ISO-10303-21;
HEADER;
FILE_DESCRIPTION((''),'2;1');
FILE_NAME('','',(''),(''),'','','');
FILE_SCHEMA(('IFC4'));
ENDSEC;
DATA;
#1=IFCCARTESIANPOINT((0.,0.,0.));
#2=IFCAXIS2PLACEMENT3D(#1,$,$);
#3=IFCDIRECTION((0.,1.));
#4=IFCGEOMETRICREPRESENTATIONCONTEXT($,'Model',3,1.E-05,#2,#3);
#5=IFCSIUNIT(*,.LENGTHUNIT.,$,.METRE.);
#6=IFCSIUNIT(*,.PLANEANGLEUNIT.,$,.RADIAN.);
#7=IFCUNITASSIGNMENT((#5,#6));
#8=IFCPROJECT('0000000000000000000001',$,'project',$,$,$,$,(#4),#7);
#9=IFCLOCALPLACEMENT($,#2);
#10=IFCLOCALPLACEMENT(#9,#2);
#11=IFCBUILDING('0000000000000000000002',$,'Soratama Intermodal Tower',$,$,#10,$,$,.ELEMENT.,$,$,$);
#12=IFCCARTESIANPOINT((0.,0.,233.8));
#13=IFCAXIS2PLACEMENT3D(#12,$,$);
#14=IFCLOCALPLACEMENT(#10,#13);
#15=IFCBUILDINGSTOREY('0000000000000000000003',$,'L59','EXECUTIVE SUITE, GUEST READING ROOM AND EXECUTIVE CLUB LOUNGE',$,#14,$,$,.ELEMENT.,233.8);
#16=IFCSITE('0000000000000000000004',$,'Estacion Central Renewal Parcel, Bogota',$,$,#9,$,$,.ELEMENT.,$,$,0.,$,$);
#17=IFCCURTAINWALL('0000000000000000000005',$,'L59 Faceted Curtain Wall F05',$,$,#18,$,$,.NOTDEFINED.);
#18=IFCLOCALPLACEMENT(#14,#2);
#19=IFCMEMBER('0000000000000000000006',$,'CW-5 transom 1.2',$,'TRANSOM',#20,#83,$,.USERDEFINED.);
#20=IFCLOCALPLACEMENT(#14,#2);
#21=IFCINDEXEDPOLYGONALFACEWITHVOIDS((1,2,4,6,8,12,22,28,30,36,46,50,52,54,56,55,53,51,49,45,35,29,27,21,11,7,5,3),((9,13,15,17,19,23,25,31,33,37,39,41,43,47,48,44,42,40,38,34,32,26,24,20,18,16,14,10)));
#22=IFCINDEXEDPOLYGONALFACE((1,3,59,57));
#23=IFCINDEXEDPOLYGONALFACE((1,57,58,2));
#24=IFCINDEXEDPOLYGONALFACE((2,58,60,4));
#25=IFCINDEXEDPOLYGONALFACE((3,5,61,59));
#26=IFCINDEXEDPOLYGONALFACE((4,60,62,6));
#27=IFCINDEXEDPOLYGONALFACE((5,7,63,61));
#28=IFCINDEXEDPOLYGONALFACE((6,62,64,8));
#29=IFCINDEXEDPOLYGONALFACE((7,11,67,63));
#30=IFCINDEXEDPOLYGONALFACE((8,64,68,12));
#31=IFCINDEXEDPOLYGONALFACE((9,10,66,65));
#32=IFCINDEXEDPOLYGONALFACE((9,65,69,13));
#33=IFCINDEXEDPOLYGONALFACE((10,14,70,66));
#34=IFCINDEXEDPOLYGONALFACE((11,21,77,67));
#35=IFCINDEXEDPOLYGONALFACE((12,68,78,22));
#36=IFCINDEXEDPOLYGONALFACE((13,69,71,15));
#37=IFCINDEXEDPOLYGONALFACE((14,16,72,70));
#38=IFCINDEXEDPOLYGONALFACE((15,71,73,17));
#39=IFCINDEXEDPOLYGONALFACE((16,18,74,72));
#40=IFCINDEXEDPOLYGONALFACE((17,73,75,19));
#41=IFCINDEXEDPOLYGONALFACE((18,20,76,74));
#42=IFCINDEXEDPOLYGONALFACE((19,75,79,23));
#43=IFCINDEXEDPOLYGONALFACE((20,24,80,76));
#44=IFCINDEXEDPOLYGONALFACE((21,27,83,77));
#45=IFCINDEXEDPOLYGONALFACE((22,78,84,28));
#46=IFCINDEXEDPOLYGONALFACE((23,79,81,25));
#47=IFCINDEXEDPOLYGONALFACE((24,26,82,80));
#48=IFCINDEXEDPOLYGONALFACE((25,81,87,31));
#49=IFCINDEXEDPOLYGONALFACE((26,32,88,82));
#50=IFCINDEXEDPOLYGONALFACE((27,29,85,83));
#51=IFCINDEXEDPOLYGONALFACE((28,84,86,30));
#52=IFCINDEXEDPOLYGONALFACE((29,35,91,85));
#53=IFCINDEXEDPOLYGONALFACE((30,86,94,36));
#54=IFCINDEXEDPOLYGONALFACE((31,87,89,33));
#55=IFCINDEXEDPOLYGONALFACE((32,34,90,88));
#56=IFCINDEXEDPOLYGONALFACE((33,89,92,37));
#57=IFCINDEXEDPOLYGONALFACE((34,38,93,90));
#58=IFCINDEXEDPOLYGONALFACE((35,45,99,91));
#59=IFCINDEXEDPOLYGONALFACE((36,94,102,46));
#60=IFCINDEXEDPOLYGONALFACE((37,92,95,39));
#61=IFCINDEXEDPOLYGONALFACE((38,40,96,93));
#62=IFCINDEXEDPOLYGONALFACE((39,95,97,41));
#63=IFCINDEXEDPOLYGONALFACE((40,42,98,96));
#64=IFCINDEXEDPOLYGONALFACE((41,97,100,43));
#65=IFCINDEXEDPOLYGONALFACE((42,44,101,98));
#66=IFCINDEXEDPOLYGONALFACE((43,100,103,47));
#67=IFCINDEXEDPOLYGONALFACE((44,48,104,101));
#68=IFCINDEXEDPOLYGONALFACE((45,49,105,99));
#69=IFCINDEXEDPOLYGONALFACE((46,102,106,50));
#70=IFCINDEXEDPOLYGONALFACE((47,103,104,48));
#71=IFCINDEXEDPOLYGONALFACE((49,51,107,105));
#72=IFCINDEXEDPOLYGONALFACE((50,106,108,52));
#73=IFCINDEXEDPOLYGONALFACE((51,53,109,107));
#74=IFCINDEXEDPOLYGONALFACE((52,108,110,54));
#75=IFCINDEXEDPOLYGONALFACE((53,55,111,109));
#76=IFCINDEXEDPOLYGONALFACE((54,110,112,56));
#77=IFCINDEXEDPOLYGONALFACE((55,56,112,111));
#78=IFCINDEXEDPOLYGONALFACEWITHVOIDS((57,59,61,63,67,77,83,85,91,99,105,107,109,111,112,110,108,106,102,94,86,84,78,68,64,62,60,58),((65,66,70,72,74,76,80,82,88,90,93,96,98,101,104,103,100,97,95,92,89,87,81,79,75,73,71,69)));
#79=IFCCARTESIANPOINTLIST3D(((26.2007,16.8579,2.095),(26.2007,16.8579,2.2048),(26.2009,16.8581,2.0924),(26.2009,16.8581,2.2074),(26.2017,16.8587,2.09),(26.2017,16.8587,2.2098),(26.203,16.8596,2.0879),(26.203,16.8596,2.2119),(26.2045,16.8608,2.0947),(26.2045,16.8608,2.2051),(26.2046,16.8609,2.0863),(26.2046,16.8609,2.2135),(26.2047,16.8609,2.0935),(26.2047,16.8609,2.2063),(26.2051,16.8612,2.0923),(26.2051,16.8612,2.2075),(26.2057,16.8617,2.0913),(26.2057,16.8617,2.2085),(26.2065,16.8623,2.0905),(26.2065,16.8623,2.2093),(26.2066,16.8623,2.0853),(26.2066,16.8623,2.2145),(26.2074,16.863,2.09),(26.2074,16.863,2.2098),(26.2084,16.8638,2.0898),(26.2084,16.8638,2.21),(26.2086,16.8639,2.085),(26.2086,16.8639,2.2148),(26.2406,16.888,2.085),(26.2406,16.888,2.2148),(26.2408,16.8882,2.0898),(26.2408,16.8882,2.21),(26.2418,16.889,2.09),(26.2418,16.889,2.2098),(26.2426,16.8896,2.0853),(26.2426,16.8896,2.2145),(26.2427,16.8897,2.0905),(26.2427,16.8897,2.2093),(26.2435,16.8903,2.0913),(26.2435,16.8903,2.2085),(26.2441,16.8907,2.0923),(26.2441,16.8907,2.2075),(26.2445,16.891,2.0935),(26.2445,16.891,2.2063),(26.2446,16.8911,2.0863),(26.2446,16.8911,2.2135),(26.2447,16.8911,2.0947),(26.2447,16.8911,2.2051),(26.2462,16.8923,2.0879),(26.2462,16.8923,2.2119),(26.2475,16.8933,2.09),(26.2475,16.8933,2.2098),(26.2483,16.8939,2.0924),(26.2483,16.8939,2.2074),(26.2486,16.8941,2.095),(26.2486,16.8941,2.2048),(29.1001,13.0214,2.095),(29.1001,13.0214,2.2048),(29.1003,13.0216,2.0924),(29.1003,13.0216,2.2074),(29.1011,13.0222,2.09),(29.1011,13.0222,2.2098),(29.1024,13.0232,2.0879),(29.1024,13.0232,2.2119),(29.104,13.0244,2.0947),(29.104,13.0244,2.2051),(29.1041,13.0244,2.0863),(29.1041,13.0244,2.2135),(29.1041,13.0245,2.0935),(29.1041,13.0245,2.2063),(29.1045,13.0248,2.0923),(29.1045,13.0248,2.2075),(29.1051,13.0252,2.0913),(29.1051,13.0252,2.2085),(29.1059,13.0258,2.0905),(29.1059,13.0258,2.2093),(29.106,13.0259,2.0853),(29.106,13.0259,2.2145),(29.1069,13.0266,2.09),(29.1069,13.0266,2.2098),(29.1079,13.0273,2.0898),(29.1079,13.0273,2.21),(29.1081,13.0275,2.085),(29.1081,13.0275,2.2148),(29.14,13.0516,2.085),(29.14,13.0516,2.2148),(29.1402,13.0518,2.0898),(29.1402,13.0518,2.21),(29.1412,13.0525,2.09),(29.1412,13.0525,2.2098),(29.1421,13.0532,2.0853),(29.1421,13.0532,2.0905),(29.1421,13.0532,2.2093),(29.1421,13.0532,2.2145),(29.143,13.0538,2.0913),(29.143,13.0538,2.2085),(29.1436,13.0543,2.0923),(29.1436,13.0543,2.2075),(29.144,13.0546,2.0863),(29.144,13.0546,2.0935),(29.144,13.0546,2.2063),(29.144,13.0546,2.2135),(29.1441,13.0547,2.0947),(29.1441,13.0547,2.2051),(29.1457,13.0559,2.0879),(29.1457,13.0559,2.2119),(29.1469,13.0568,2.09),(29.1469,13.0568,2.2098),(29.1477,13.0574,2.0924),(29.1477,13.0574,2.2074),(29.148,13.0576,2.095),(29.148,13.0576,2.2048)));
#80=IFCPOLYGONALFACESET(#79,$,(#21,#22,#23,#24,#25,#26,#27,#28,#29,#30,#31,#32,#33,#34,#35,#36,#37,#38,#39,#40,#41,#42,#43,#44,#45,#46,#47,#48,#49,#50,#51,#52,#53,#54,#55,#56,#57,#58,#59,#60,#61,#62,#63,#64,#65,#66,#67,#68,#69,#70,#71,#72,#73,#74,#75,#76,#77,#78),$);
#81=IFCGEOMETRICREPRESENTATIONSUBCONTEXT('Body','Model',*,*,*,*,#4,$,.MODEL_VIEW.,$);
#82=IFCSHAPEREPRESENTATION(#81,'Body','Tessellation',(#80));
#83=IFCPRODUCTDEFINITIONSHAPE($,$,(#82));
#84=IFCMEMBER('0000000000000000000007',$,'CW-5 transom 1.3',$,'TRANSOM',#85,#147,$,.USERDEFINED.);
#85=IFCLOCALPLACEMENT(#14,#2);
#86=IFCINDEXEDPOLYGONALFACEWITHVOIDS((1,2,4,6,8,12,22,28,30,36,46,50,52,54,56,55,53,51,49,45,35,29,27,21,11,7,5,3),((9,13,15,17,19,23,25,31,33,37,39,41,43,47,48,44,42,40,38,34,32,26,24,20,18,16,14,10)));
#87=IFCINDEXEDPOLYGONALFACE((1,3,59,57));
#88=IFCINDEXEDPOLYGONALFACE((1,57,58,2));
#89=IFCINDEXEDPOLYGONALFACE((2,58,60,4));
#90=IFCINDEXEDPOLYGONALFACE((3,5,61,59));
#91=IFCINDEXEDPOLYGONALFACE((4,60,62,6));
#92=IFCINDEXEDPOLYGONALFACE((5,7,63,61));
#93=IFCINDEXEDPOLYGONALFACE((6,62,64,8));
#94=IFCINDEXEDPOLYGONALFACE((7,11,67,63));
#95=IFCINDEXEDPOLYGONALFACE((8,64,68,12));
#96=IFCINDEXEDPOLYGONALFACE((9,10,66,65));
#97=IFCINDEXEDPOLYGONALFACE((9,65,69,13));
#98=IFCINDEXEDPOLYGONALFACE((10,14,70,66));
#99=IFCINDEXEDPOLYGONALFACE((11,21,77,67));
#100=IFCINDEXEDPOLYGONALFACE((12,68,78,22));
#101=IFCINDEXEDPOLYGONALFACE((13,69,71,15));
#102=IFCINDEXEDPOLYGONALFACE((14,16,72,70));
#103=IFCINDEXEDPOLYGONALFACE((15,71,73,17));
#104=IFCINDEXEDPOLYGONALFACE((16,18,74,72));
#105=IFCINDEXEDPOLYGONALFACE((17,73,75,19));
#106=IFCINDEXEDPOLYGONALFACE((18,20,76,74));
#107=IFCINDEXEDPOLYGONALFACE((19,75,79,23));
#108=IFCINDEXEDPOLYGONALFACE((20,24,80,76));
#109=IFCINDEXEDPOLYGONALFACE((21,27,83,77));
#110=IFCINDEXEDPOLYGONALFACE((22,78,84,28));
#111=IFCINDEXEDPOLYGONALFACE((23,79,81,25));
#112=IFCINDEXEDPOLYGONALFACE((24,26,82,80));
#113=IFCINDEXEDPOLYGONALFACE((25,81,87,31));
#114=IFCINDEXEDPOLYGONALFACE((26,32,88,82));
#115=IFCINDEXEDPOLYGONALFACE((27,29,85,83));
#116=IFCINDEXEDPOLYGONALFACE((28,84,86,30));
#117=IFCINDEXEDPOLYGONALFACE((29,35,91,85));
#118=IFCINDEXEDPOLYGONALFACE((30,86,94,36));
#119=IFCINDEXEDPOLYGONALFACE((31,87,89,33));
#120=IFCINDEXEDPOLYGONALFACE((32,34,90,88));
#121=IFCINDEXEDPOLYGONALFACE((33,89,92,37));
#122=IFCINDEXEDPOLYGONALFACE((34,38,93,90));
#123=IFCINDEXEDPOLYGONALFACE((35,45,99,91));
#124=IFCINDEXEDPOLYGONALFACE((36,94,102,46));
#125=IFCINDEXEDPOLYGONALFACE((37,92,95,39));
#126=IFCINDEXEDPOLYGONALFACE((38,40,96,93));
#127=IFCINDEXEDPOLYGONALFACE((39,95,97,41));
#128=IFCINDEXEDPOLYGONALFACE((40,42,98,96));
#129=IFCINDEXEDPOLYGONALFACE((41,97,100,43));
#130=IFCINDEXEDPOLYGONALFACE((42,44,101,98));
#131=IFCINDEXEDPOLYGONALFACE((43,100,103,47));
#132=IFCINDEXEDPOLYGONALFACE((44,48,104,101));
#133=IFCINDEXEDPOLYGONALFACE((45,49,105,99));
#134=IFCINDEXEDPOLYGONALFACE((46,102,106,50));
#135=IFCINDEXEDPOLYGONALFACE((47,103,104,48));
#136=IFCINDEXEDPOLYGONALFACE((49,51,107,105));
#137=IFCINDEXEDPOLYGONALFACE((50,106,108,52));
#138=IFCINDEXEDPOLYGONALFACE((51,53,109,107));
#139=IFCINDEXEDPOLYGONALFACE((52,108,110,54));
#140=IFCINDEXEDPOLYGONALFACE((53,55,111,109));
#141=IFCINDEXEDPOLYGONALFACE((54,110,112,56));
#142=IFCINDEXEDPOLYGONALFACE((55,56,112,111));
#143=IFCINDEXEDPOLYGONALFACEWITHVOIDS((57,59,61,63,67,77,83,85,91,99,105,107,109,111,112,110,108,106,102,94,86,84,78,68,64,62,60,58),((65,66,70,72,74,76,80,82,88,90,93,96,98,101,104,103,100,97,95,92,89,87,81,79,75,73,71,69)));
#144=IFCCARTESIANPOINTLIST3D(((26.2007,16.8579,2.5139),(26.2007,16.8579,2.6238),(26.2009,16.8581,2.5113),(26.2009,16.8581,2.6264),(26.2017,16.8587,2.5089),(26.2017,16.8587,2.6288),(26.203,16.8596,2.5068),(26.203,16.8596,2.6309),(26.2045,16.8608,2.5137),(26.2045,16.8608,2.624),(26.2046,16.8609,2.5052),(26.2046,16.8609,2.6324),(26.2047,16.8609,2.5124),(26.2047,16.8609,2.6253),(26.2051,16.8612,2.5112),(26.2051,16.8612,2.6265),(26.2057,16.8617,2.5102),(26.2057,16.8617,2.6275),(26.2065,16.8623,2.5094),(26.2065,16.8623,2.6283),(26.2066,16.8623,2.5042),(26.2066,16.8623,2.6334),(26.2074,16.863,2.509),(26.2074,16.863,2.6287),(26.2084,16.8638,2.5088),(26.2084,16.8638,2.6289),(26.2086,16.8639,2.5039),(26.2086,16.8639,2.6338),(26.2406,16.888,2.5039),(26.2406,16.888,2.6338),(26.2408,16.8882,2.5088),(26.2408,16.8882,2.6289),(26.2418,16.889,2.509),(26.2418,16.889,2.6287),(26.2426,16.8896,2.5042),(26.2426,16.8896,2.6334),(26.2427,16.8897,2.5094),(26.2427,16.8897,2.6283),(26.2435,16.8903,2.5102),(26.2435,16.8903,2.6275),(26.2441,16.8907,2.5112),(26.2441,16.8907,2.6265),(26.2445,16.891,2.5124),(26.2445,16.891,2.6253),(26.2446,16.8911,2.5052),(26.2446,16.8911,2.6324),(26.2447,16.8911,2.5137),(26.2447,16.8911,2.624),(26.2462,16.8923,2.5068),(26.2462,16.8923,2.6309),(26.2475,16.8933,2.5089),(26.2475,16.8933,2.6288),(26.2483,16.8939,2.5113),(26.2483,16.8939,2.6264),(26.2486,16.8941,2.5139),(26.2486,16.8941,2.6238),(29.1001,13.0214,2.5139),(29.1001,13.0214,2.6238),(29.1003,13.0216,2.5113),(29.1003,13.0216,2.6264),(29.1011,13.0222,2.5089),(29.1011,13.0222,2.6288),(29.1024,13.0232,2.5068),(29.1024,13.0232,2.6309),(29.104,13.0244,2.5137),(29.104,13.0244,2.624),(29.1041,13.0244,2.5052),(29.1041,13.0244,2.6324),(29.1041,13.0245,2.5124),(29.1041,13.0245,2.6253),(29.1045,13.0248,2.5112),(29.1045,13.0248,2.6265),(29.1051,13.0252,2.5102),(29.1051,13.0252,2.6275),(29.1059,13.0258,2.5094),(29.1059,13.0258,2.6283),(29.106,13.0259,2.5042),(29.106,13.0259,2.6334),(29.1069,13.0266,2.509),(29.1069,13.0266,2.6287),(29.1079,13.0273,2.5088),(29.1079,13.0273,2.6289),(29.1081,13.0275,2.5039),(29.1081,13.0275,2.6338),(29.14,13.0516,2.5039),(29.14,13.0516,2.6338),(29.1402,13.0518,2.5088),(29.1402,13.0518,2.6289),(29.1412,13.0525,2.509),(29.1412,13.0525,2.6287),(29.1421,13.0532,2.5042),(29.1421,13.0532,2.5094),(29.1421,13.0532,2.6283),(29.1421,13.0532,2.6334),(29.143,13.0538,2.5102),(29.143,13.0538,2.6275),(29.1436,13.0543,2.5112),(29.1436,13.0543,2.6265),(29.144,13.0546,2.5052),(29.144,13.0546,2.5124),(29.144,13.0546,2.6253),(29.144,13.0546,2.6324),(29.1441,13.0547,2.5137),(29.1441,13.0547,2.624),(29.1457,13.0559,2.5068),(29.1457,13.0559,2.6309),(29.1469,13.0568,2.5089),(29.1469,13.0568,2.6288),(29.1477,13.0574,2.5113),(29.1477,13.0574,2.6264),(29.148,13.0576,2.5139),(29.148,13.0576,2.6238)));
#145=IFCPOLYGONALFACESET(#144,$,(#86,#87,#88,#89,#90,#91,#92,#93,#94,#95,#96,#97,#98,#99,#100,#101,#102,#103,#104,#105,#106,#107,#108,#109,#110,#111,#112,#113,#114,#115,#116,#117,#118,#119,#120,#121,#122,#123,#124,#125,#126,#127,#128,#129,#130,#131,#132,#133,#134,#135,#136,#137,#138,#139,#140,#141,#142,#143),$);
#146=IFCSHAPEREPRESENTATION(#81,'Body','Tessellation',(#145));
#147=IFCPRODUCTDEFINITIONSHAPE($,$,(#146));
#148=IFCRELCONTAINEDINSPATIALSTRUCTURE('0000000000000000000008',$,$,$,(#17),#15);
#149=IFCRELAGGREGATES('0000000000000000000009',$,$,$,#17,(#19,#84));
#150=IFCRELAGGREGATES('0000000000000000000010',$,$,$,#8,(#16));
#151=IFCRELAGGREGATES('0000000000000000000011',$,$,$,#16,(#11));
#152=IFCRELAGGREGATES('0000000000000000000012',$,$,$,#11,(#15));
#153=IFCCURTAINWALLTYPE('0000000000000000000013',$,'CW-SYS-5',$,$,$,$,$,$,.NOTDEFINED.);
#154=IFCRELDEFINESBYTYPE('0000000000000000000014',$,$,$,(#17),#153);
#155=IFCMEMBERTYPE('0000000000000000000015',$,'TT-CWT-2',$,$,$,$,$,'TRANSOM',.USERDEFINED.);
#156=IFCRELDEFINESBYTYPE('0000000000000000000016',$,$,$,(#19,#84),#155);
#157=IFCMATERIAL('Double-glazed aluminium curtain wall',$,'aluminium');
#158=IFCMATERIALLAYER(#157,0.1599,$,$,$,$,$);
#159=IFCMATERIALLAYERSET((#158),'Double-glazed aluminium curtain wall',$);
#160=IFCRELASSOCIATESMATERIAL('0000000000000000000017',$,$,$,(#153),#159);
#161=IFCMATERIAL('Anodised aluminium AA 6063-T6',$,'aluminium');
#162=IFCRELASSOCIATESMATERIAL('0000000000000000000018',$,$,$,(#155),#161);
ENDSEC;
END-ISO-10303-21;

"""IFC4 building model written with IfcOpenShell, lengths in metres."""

from ifc_helpers import new_model, si_unit, direction, frame, origin, origin_2d, place, context, subcontext, project, spatial, hollow_rectangle, extrude, material, layer, layer_set, material_profile, profile_set, type_object, element, aggregate, save


model = new_model("IFC4")

# Units and contexts
model_context = context("Model", 3, precision=1e-05, world=origin(), true_north=direction((0.0, 1.0)))
body_context = subcontext(model_context, "Body", "Model", "MODEL_VIEW")
ifc_project = project(units=[si_unit("LENGTHUNIT", "METRE"), si_unit("PLANEANGLEUNIT", "RADIAN")], contexts=[model_context])

# Site, building, storey
site_placement = place(None, origin())
site = spatial("IfcSite", under=ifc_project, at=site_placement, Name="Estacion Central Renewal Parcel, Bogota", CompositionType="ELEMENT", RefElevation=0.0)
building_placement = place(site_placement, origin())
building = spatial("IfcBuilding", under=site, at=building_placement, Name="Soratama Intermodal Tower", CompositionType="ELEMENT")
storey_placement = place(building_placement, frame((0.0, 0.0, 233.8)))
storey = spatial("IfcBuildingStorey", under=building, at=storey_placement, Name="L59", Description="EXECUTIVE SUITE, GUEST READING ROOM AND EXECUTIVE CLUB LOUNGE", CompositionType="ELEMENT", Elevation=233.8)

# Curtain wall, members
ifc_material_1 = material(Name="Double-glazed aluminium curtain wall", Category="aluminium")
ifc_layer_1 = layer(ifc_material_1, 0.1599)
ifc_layer_set_1 = layer_set([ifc_layer_1], Name="Double-glazed aluminium curtain wall")
curtain_wall_type = type_object("IfcCurtainWallType", Name="CW-SYS-5", PredefinedType="NOTDEFINED", material=ifc_layer_set_1)
curtain_wall_placement = place(storey_placement, origin())
curtain_wall = element("IfcCurtainWall", 1, at=curtain_wall_placement, inside=storey, type_object=curtain_wall_type, Name="L59 Faceted Curtain Wall F05", PredefinedType="NOTDEFINED")
ifc_material_2 = material(Name="Anodised aluminium AA 6063-T6", Category="aluminium")
ifc_material_profile_1 = material_profile(ifc_material_2, hollow_rectangle(XDim=0.0601, YDim=0.1299, WallThickness=0.0049, InnerFilletRadius=0.0049, OuterFilletRadius=0.01, at=origin_2d()), Name="CWT130X60X5")
ifc_profile_set_1 = profile_set([ifc_material_profile_1], Name="Anodised aluminium AA 6063-T6")
member_type_1 = type_object("IfcMemberType", Name="TT-CWT-2", ElementType="TRANSOM", PredefinedType="USERDEFINED", material=ifc_profile_set_1)
member_1_placement = place(storey_placement, frame((26.2246, 16.876, 2.1499), z_axis=(0.602937, -0.797789, 0.0), x_axis=(0.797789, 0.602937, 0.0)))
member_1 = element("IfcMember", 2, at=member_1_placement, type_object=member_type_1, Name="CW-5 transom 1.2", ObjectType="TRANSOM", PredefinedType="USERDEFINED", context=body_context, shape_type="SweptSolid", body=[
    extrude(hollow_rectangle(XDim=0.0601, YDim=0.1299, WallThickness=0.0049, InnerFilletRadius=0.0049, OuterFilletRadius=0.01, at=origin_2d()), origin(), (0.0, 0.0, 1.0), 4.8088),
])
member_2_placement = place(storey_placement, frame((26.2246, 16.876, 2.5688), z_axis=(0.602937, -0.797789, 0.0), x_axis=(0.797789, 0.602937, 0.0)))
member_2 = element("IfcMember", 3, at=member_2_placement, type_object=member_type_1, Name="CW-5 transom 1.3", ObjectType="TRANSOM", PredefinedType="USERDEFINED", context=body_context, shape_type="SweptSolid", body=[
    extrude(hollow_rectangle(XDim=0.0601, YDim=0.1299, WallThickness=0.0049, InnerFilletRadius=0.0049, OuterFilletRadius=0.01, at=origin_2d()), origin(), (0.0, 0.0, 1.0), 4.8088),
])
aggregate(curtain_wall, [member_1, member_2])

save(model, "model.ifc")
